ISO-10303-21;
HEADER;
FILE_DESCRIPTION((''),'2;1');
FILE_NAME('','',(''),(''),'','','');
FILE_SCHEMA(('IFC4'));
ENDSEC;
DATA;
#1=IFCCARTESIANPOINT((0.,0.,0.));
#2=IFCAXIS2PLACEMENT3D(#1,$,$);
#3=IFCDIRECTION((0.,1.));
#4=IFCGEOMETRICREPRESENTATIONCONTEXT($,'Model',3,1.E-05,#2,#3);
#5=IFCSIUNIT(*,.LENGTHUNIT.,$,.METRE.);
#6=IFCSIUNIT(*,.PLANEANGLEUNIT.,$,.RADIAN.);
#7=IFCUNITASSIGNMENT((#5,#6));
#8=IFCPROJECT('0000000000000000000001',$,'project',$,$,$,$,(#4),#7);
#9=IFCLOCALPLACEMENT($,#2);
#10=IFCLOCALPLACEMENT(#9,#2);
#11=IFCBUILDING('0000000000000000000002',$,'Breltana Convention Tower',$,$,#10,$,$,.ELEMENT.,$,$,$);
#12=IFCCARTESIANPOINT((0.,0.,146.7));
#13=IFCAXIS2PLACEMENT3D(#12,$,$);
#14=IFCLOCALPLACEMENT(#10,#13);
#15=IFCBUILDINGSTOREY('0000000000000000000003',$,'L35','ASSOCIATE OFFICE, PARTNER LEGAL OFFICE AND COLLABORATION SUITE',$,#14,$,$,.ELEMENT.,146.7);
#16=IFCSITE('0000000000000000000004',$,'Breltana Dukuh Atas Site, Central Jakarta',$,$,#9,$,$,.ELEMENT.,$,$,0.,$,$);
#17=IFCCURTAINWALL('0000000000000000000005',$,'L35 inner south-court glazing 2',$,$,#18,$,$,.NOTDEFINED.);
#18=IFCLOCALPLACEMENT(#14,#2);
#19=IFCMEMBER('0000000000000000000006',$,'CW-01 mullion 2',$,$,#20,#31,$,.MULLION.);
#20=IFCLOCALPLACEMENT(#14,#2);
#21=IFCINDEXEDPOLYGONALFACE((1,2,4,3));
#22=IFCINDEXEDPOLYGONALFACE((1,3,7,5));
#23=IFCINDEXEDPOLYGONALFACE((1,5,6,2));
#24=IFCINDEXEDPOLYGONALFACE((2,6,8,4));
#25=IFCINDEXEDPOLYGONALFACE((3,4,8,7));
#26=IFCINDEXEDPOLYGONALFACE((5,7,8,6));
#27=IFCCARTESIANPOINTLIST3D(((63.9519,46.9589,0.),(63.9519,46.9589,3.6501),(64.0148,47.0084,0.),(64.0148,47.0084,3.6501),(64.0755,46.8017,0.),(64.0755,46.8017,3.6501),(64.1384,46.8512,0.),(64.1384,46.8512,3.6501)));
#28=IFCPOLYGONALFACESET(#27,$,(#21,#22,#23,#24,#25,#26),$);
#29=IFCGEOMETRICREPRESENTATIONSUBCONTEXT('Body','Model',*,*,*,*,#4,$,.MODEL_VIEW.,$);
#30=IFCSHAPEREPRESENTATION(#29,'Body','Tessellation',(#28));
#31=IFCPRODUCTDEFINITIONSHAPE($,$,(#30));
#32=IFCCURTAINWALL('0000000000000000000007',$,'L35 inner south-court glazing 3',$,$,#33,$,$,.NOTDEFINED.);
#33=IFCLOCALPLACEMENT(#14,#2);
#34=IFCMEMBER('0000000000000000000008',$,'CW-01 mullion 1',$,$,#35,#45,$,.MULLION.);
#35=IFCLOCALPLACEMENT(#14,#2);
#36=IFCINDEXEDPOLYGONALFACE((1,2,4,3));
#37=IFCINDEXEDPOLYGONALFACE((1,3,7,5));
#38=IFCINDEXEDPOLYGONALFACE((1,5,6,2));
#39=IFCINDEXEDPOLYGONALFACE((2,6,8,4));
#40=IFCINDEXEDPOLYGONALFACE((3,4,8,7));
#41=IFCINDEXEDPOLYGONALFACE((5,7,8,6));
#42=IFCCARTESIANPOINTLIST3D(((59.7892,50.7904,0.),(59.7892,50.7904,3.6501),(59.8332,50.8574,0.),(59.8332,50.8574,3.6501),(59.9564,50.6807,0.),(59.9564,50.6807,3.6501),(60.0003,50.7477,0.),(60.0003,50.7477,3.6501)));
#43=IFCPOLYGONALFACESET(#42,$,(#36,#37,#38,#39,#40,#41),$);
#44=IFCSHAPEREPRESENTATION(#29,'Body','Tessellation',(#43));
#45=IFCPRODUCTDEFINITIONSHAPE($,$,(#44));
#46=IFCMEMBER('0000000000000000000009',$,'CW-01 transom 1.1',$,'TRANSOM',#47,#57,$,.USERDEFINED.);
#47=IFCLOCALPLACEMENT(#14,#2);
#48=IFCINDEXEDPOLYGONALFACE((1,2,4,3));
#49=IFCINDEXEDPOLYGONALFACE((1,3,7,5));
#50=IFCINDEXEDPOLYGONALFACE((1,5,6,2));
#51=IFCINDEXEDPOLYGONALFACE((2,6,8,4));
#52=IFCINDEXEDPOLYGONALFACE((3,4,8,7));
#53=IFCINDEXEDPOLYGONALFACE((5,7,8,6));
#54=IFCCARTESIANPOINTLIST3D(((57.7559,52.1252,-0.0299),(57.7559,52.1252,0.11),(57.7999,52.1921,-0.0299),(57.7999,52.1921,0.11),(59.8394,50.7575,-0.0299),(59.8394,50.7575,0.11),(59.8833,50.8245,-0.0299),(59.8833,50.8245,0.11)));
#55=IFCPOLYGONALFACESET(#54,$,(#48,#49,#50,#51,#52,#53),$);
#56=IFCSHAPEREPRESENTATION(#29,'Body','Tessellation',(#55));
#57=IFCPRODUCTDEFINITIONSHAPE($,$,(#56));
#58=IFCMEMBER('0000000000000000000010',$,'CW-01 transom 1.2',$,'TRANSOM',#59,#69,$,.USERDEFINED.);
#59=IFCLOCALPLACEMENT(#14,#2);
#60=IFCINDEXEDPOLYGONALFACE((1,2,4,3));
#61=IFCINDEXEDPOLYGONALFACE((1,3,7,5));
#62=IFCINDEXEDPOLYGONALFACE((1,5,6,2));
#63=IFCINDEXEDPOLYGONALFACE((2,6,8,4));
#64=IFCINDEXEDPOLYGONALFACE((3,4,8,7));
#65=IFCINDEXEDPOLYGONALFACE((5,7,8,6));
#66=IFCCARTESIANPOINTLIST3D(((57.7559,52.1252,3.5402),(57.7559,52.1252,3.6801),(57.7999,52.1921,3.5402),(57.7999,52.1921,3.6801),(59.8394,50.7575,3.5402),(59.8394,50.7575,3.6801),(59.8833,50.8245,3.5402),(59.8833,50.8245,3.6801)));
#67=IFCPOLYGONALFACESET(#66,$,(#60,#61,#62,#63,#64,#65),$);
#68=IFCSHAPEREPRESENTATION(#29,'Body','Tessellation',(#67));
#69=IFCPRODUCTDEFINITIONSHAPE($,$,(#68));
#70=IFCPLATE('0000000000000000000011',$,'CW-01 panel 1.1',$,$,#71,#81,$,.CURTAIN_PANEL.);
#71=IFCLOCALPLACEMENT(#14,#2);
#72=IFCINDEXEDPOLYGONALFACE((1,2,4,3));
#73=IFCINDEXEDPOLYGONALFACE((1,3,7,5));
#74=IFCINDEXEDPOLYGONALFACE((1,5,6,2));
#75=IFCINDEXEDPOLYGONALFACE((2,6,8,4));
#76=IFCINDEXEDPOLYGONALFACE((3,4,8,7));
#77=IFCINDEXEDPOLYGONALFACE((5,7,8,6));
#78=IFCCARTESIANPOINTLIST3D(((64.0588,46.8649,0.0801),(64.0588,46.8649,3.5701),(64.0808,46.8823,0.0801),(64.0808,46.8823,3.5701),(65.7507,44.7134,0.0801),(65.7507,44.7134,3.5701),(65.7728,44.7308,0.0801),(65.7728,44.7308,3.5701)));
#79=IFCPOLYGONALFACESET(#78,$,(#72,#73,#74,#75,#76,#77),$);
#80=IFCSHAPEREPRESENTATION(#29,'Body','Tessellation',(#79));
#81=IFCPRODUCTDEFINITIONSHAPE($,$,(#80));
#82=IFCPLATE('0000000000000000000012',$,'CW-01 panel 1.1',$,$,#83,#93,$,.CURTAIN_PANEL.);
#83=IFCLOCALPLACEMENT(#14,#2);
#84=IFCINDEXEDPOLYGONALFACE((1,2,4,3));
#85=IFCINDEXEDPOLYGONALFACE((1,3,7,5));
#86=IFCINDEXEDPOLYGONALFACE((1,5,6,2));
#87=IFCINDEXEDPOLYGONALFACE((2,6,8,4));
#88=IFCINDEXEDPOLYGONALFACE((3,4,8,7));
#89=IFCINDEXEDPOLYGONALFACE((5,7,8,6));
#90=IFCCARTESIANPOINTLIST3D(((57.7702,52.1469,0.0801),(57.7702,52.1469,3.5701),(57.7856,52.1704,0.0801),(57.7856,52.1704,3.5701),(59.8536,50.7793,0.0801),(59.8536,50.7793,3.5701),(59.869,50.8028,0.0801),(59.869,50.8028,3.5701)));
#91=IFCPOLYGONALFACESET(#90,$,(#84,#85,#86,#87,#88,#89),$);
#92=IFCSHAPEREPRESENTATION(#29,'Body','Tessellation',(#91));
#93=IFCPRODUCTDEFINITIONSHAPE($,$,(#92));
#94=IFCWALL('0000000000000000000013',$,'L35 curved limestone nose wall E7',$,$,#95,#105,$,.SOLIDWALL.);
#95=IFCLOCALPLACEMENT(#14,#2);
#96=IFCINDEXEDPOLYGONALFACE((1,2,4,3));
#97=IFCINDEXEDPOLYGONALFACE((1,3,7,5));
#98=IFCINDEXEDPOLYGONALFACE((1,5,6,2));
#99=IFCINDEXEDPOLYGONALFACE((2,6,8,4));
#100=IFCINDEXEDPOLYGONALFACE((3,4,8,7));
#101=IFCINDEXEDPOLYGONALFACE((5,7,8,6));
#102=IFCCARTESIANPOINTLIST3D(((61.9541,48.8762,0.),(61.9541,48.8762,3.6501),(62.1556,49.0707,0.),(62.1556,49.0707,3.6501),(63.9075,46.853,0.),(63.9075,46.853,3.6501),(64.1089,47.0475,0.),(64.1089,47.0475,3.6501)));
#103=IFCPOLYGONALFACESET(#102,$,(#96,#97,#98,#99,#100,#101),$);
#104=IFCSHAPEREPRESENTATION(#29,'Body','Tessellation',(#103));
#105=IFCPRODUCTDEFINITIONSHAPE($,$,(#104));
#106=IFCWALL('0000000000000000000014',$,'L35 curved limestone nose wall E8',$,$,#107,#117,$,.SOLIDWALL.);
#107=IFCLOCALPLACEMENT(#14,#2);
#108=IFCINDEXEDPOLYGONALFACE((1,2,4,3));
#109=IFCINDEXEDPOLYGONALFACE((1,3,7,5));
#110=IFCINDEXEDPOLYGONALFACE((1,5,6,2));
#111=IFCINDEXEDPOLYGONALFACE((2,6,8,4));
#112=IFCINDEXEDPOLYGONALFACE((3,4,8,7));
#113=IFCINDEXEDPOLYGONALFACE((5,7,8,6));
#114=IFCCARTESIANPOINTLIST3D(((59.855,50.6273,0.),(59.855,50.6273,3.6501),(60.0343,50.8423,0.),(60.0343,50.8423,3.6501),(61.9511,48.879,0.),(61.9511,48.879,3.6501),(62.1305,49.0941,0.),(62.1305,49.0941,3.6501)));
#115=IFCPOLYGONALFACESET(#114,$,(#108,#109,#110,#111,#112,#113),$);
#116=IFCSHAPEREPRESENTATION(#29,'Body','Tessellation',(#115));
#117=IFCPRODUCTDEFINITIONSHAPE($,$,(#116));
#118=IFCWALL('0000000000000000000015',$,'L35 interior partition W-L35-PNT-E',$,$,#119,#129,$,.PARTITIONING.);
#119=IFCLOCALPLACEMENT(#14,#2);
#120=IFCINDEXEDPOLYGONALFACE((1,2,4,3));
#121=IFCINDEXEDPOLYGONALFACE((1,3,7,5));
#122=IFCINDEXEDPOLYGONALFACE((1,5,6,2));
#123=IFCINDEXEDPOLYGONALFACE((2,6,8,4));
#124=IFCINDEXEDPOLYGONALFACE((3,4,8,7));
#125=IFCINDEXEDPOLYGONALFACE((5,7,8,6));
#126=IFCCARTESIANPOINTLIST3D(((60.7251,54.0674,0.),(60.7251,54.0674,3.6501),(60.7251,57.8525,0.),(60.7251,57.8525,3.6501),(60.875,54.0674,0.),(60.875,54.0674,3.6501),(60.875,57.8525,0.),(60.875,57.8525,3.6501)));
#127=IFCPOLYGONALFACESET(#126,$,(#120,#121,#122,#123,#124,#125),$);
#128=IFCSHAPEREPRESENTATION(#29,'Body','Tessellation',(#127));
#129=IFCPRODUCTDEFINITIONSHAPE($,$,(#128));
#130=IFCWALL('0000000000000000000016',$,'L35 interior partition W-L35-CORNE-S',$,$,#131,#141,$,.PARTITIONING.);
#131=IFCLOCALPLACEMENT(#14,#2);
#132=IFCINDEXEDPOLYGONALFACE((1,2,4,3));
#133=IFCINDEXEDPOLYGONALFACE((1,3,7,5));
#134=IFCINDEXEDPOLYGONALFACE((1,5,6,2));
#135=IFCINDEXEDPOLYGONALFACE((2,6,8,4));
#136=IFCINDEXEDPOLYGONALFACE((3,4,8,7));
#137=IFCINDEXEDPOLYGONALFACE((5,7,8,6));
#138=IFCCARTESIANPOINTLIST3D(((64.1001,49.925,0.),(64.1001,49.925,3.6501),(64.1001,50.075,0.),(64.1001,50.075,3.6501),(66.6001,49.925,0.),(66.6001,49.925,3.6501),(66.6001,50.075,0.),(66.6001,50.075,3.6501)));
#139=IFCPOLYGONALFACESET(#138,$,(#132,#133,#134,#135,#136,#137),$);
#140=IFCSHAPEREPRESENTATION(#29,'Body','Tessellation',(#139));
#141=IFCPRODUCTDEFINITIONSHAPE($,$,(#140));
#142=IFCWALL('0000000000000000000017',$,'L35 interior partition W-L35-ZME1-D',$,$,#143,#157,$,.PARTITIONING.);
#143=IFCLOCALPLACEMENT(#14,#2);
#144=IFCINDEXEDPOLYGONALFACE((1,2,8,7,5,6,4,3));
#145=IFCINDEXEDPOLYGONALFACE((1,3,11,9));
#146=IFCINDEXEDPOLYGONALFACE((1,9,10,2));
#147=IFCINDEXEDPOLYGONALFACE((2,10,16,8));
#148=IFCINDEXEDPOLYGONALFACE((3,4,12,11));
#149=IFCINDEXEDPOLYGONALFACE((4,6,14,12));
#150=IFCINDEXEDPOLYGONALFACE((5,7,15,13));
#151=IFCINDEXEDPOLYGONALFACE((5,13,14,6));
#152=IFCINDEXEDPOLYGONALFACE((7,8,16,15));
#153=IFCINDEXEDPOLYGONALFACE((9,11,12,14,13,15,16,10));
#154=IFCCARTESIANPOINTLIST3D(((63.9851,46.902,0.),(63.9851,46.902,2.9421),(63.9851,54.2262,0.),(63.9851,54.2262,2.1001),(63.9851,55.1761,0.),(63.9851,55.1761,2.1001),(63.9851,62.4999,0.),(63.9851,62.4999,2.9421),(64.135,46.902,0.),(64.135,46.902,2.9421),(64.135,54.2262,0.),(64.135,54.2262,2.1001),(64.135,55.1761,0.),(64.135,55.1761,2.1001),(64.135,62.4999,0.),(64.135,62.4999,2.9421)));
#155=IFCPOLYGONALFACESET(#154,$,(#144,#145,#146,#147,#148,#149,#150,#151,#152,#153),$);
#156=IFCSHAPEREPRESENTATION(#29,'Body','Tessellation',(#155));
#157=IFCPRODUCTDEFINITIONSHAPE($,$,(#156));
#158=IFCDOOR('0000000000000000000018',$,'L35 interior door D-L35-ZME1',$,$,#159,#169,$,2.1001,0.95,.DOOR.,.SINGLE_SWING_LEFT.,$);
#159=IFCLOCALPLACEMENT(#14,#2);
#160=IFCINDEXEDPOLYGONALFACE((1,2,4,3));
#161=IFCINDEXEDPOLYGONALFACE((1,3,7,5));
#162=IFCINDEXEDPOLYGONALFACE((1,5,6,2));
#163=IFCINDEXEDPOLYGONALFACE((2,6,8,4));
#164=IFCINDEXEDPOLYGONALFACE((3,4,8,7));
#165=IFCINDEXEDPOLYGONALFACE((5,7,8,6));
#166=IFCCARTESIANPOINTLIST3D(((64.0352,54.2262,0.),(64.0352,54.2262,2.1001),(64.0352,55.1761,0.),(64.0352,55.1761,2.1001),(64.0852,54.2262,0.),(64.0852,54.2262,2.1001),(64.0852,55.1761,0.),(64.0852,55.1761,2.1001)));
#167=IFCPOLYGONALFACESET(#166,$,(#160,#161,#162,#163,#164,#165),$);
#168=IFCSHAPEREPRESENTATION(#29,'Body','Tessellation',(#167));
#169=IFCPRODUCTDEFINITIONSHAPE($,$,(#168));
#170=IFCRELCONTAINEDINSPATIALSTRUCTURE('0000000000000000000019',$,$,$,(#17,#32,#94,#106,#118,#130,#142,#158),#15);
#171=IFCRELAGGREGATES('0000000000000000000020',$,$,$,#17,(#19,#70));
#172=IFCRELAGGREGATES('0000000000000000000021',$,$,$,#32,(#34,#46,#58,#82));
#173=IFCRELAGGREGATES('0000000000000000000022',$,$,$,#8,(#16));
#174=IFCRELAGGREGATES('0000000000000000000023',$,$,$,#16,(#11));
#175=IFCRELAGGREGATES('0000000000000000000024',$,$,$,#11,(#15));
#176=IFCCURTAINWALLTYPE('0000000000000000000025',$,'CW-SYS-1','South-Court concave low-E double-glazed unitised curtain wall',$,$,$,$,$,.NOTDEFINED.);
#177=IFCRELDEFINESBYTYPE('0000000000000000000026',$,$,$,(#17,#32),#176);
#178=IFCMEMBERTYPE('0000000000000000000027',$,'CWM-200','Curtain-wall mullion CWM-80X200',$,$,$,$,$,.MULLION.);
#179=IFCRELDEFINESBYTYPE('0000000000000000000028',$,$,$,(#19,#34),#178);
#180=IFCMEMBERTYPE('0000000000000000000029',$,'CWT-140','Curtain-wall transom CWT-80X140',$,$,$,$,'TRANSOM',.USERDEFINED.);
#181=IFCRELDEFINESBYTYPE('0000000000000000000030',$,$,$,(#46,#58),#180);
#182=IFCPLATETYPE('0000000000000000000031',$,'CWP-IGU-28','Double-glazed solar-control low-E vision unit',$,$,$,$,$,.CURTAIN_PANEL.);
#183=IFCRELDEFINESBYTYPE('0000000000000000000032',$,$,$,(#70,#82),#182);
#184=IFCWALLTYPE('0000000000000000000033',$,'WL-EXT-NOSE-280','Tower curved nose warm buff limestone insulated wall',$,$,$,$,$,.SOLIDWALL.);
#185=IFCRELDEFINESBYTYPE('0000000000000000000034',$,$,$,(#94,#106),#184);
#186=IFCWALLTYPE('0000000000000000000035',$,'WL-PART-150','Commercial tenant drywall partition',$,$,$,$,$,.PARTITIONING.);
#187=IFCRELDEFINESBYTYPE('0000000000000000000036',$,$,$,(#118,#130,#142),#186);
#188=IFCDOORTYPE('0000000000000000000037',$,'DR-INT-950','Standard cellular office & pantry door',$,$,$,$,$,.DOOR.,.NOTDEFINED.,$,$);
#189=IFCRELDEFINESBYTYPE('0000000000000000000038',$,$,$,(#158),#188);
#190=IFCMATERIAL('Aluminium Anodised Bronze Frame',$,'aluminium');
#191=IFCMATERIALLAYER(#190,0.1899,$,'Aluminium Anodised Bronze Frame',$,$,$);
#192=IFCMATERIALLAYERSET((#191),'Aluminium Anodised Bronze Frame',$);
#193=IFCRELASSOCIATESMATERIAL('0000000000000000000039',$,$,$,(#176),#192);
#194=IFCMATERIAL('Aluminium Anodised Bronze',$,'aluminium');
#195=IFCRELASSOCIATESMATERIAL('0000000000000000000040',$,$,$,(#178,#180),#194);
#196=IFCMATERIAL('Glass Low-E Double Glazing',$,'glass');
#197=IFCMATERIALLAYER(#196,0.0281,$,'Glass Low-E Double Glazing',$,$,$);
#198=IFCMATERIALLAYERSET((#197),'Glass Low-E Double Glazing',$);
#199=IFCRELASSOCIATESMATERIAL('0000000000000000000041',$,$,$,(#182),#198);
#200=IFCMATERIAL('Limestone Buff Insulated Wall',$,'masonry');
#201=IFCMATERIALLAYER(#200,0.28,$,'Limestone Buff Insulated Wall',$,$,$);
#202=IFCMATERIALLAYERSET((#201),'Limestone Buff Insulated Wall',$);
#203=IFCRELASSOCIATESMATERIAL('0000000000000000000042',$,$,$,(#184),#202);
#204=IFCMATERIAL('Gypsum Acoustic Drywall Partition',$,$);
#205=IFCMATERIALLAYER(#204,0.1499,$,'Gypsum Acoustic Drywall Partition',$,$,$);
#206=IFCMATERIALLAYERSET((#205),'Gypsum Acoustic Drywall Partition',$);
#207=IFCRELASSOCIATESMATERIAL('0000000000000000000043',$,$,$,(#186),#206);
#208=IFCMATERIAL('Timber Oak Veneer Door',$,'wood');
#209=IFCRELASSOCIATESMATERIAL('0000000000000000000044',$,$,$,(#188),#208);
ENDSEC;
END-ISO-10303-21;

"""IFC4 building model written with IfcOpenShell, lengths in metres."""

from ifc_helpers import new_model, si_unit, direction, frame, frame_2d, origin, origin_2d, place, context, subcontext, project, spatial, rectangle, extrude, source, transform, mapped, material, layer, layer_set, material_profile, profile_set, type_object, type_shapes, element, fill, aggregate, save


model = new_model("IFC4")

# Units and contexts
model_context = context("Model", 3, precision=1e-05, world=origin(), true_north=direction((0.0, 1.0)))
body_context = subcontext(model_context, "Body", "Model", "MODEL_VIEW")
ifc_project = project(units=[si_unit("LENGTHUNIT", "METRE"), si_unit("PLANEANGLEUNIT", "RADIAN")], contexts=[model_context])

# Site, building, storey
site_placement = place(None, origin())
site = spatial("IfcSite", under=ifc_project, at=site_placement, Name="Breltana Dukuh Atas Site, Central Jakarta", CompositionType="ELEMENT", RefElevation=0.0)
building_placement = place(site_placement, origin())
building = spatial("IfcBuilding", under=site, at=building_placement, Name="Breltana Convention Tower", CompositionType="ELEMENT")
storey_placement = place(building_placement, frame((0.0, 0.0, 146.7)))
storey = spatial("IfcBuildingStorey", under=building, at=storey_placement, Name="L35", Description="ASSOCIATE OFFICE, PARTNER LEGAL OFFICE AND COLLABORATION SUITE", CompositionType="ELEMENT", Elevation=146.7)

# Curtain wall, member
ifc_material_1 = material(Name="Aluminium Anodised Bronze Frame", Category="aluminium")
ifc_layer_1 = layer(ifc_material_1, 0.1899, Name="Aluminium Anodised Bronze Frame")
ifc_layer_set_1 = layer_set([ifc_layer_1], Name="Aluminium Anodised Bronze Frame")
curtain_wall_type = type_object("IfcCurtainWallType", Name="CW-SYS-1", Description="South-Court concave low-E double-glazed unitised curtain wall", PredefinedType="NOTDEFINED", material=ifc_layer_set_1)
curtain_wall_1_placement = place(storey_placement, origin())
curtain_wall_1 = element("IfcCurtainWall", 1, at=curtain_wall_1_placement, inside=storey, type_object=curtain_wall_type, Name="L35 inner south-court glazing 2", PredefinedType="NOTDEFINED")
ifc_material_2 = material(Name="Aluminium Anodised Bronze", Category="aluminium")
ifc_material_profile_1 = material_profile(ifc_material_2, rectangle(XDim=0.0801, YDim=0.2, at=origin_2d()), Name="CWM-80X200")
ifc_profile_set_1 = profile_set([ifc_material_profile_1], Name="Aluminium Anodised Bronze")
member_type_1 = type_object("IfcMemberType", Name="CWM-200", Description="Curtain-wall mullion CWM-80X200", PredefinedType="MULLION", material=ifc_profile_set_1)
shared_shape_1 = source(origin(), body_context, "Body", "SweptSolid", [
    extrude(rectangle(XDim=0.0801, YDim=0.2, at=origin_2d()), origin(), (0.0, 0.0, 1.0), 3.6501),
])
member_1_placement = place(storey_placement, frame((64.0452, 46.905, 0.0), z_axis=(0.0, 0.0, 1.0), x_axis=(-0.786051, -0.618161, 0.0)))
member_1 = element("IfcMember", 2, at=member_1_placement, type_object=member_type_1, Name="CW-01 mullion 2", PredefinedType="MULLION", context=body_context, shape_type="MappedRepresentation", body=[
    mapped(shared_shape_1, transform((0.0, 0.0, 0.0), scale=1.0)),
])

# Curtain wall, members
curtain_wall_2_placement = place(storey_placement, origin())
curtain_wall_2 = element("IfcCurtainWall", 3, at=curtain_wall_2_placement, inside=storey, type_object=curtain_wall_type, Name="L35 inner south-court glazing 3", PredefinedType="NOTDEFINED")
member_2_placement = place(storey_placement, frame((59.8948, 50.769, 0.0), z_axis=(0.0, 0.0, 1.0), x_axis=(-0.548752, -0.835985, 0.0)))
member_2 = element("IfcMember", 4, at=member_2_placement, type_object=member_type_1, Name="CW-01 mullion 1", PredefinedType="MULLION", context=body_context, shape_type="MappedRepresentation", body=[
    mapped(shared_shape_1, transform((0.0, 0.0, 0.0), scale=1.0)),
])
ifc_material_profile_2 = material_profile(ifc_material_2, rectangle(XDim=0.0801, YDim=0.1399, at=origin_2d()), Name="CWT-80X140")
ifc_profile_set_2 = profile_set([ifc_material_profile_2], Name="Aluminium Anodised Bronze")
member_type_2 = type_object("IfcMemberType", Name="CWT-140", Description="Curtain-wall transom CWT-80X140", ElementType="TRANSOM", PredefinedType="USERDEFINED", material=ifc_profile_set_2)
shared_shape_2 = source(origin(), body_context, "Body", "SweptSolid", [
    extrude(rectangle(XDim=0.0801, YDim=0.1399, at=origin_2d()), origin(), (0.0, 0.0, 1.0), 2.4922),
])
member_3_placement = place(storey_placement, frame((59.8613, 50.791, 0.04), z_axis=(-0.835978, 0.548763, 0.0), x_axis=(-0.548763, -0.835978, 0.0)))
member_3 = element("IfcMember", 5, at=member_3_placement, type_object=member_type_2, Name="CW-01 transom 1.1", ObjectType="TRANSOM", PredefinedType="USERDEFINED", context=body_context, shape_type="MappedRepresentation", body=[
    mapped(shared_shape_2, transform((0.0, 0.0, 0.0), scale=1.0)),
])
member_4_placement = place(storey_placement, frame((59.8613, 50.791, 3.6101), z_axis=(-0.835978, 0.548763, 0.0), x_axis=(-0.548763, -0.835978, 0.0)))
member_4 = element("IfcMember", 6, at=member_4_placement, type_object=member_type_2, Name="CW-01 transom 1.2", ObjectType="TRANSOM", PredefinedType="USERDEFINED", context=body_context, shape_type="MappedRepresentation", body=[
    mapped(shared_shape_2, transform((0.0, 0.0, 0.0), scale=1.0)),
])

# Plates
ifc_material_3 = material(Name="Glass Low-E Double Glazing", Category="glass")
ifc_layer_2 = layer(ifc_material_3, 0.0281, Name="Glass Low-E Double Glazing")
ifc_layer_set_2 = layer_set([ifc_layer_2], Name="Glass Low-E Double Glazing")
plate_type = type_object("IfcPlateType", Name="CWP-IGU-28", Description="Double-glazed solar-control low-E vision unit", PredefinedType="CURTAIN_PANEL", material=ifc_layer_set_2)
shared_shape_3 = source(origin(), body_context, "Body", "SweptSolid", [
    extrude(rectangle(XDim=2.7371, YDim=0.0281, at=origin_2d()), origin(), (0.0, 0.0, 1.0), 3.49),
])
plate_1_placement = place(storey_placement, frame((64.9158, 45.7979, 0.0801), z_axis=(0.0, 0.0, 1.0), x_axis=(-0.618161, 0.786051, 0.0)))
plate_1 = element("IfcPlate", 7, at=plate_1_placement, type_object=plate_type, Name="CW-01 panel 1.1", PredefinedType="CURTAIN_PANEL", context=body_context, shape_type="MappedRepresentation", body=[
    mapped(shared_shape_3, transform((0.0, 0.0, 0.0), scale=1.0)),
])
aggregate(curtain_wall_1, [member_1, plate_1])
shared_shape_4 = source(origin(), body_context, "Body", "SweptSolid", [
    extrude(rectangle(XDim=2.4922, YDim=0.0281, at=origin_2d()), origin(), (0.0, 0.0, 1.0), 3.49),
])
plate_2_placement = place(storey_placement, frame((58.8196, 51.4749, 0.0801), z_axis=(0.0, 0.0, 1.0), x_axis=(-0.835985, 0.548752, 0.0)))
plate_2 = element("IfcPlate", 8, at=plate_2_placement, type_object=plate_type, Name="CW-01 panel 1.1", PredefinedType="CURTAIN_PANEL", context=body_context, shape_type="MappedRepresentation", body=[
    mapped(shared_shape_4, transform((0.0, 0.0, 0.0), scale=1.0)),
])
aggregate(curtain_wall_2, [member_2, member_3, member_4, plate_2])

# Walls
ifc_material_4 = material(Name="Limestone Buff Insulated Wall", Category="masonry")
ifc_layer_3 = layer(ifc_material_4, 0.28, Name="Limestone Buff Insulated Wall")
ifc_layer_set_3 = layer_set([ifc_layer_3], Name="Limestone Buff Insulated Wall")
wall_type_1 = type_object("IfcWallType", Name="WL-EXT-NOSE-280", Description="Tower curved nose warm buff limestone insulated wall", PredefinedType="SOLIDWALL", material=ifc_layer_set_3)
shared_shape_5 = source(origin(), body_context, "Body", "SweptSolid", [
    extrude(rectangle(XDim=2.8123, YDim=0.28, at=frame_2d((1.4062, 0.0))), origin(), (0.0, 0.0, 1.0), 3.6501),
])
wall_1_placement = place(storey_placement, frame((64.0083, 46.9502, 0.0), z_axis=(0.0, 0.0, 1.0), x_axis=(-0.694584, 0.719412, 0.0)))
element("IfcWall", 9, at=wall_1_placement, inside=storey, type_object=wall_type_1, Name="L35 curved limestone nose wall E7", PredefinedType="SOLIDWALL", context=body_context, shape_type="MappedRepresentation", body=[
    mapped(shared_shape_5, transform((0.0, 0.0, 0.0), scale=1.0)),
])
shared_shape_6 = source(origin(), body_context, "Body", "SweptSolid", [
    extrude(rectangle(XDim=2.7295, YDim=0.28, at=frame_2d((1.3647, 0.0))), origin(), (0.0, 0.0, 1.0), 3.6501),
])
wall_2_placement = place(storey_placement, frame((62.0408, 48.9866, 0.0), z_axis=(0.0, 0.0, 1.0), x_axis=(-0.767957, 0.640501, 0.0)))
element("IfcWall", 10, at=wall_2_placement, inside=storey, type_object=wall_type_1, Name="L35 curved limestone nose wall E8", PredefinedType="SOLIDWALL", context=body_context, shape_type="MappedRepresentation", body=[
    mapped(shared_shape_6, transform((0.0, 0.0, 0.0), scale=1.0)),
])
ifc_material_5 = material(Name="Gypsum Acoustic Drywall Partition")
ifc_layer_4 = layer(ifc_material_5, 0.1499, Name="Gypsum Acoustic Drywall Partition")
ifc_layer_set_4 = layer_set([ifc_layer_4], Name="Gypsum Acoustic Drywall Partition")
wall_type_2 = type_object("IfcWallType", Name="WL-PART-150", Description="Commercial tenant drywall partition", PredefinedType="PARTITIONING", material=ifc_layer_set_4)
shared_shape_7 = source(origin(), body_context, "Body", "SweptSolid", [
    extrude(rectangle(XDim=3.7852, YDim=0.1499, at=frame_2d((1.8926, 0.0))), origin(), (0.0, 0.0, 1.0), 3.6501),
])
wall_3_placement = place(storey_placement, frame((60.8, 54.0674, 0.0), z_axis=(0.0, 0.0, 1.0), x_axis=(0.0, 1.0, 0.0)))
element("IfcWall", 11, at=wall_3_placement, inside=storey, type_object=wall_type_2, Name="L35 interior partition W-L35-PNT-E", PredefinedType="PARTITIONING", context=body_context, shape_type="MappedRepresentation", body=[
    mapped(shared_shape_7, transform((0.0, 0.0, 0.0), scale=1.0)),
])
shared_shape_8 = source(origin(), body_context, "Body", "SweptSolid", [
    extrude(rectangle(XDim=2.5, YDim=0.1499, at=frame_2d((1.25, 0.0))), origin(), (0.0, 0.0, 1.0), 3.6501),
])
wall_4_placement = place(storey_placement, frame((64.1001, 50.0, 0.0), z_axis=(0.0, 0.0, 1.0), x_axis=(1.0, 0.0, 0.0)))
element("IfcWall", 12, at=wall_4_placement, inside=storey, type_object=wall_type_2, Name="L35 interior partition W-L35-CORNE-S", PredefinedType="PARTITIONING", context=body_context, shape_type="MappedRepresentation", body=[
    mapped(shared_shape_8, transform((0.0, 0.0, 0.0), scale=1.0)),
])

# Wall, opening, door
shared_shape_9 = source(origin(), body_context, "Body", "SweptSolid", [
    extrude(rectangle(XDim=15.5979, YDim=0.1499, at=frame_2d((7.7988, 0.0))), origin(), (0.0, 0.0, 1.0), 2.9421),
])
wall_5_placement = place(storey_placement, frame((64.0601, 46.9021, 0.0), z_axis=(0.0, 0.0, 1.0), x_axis=(0.0, 1.0, 0.0)))
wall_5 = element("IfcWall", 13, at=wall_5_placement, inside=storey, type_object=wall_type_2, Name="L35 interior partition W-L35-ZME1-D", PredefinedType="PARTITIONING", context=body_context, shape_type="MappedRepresentation", body=[
    mapped(shared_shape_9, transform((0.0, 0.0, 0.0), scale=1.0)),
])
opening_placement = place(wall_5_placement, frame((7.324, 0.0, 0.0)))
opening = element("IfcOpeningElement", 14, at=opening_placement, cuts=wall_5, PredefinedType="OPENING", context=body_context, shape_type="SweptSolid", body=[
    extrude(rectangle(XDim=0.95, YDim=2.1001, at=frame_2d((0.4751, 1.05))), frame((0.0, 0.085, 0.0), z_axis=(0.0, -1.0, 0.0), x_axis=(1.0, 0.0, 0.0)), (0.0, 0.0, 1.0), 0.1699),
])
ifc_material_6 = material(Name="Timber Oak Veneer Door", Category="wood")
door_type = type_object("IfcDoorType", Name="DR-INT-950", Description="Standard cellular office & pantry door", OperationType="NOTDEFINED", PredefinedType="DOOR", material=ifc_material_6)
shared_shape_10 = source(origin(), body_context, "Body", "SweptSolid", [
    extrude(rectangle(XDim=0.95, YDim=2.1001, at=frame_2d((0.4751, 1.05))), frame((0.0, 0.0249, 0.0), z_axis=(0.0, -1.0, 0.0), x_axis=(1.0, 0.0, 0.0)), (0.0, 0.0, 1.0), 0.05),
])
type_shapes(door_type, [shared_shape_10])
door_placement = place(opening_placement, origin())
door = element("IfcDoor", 15, at=door_placement, inside=storey, type_object=door_type, Name="L35 interior door D-L35-ZME1", OperationType="SINGLE_SWING_LEFT", OverallHeight=2.1001, OverallWidth=0.95, PredefinedType="DOOR", context=body_context, shape_type="MappedRepresentation", body=[
    mapped(shared_shape_10, transform((0.0, 0.0, 0.0), scale=1.0)),
])
fill(opening, door)

save(model, "model.ifc")
